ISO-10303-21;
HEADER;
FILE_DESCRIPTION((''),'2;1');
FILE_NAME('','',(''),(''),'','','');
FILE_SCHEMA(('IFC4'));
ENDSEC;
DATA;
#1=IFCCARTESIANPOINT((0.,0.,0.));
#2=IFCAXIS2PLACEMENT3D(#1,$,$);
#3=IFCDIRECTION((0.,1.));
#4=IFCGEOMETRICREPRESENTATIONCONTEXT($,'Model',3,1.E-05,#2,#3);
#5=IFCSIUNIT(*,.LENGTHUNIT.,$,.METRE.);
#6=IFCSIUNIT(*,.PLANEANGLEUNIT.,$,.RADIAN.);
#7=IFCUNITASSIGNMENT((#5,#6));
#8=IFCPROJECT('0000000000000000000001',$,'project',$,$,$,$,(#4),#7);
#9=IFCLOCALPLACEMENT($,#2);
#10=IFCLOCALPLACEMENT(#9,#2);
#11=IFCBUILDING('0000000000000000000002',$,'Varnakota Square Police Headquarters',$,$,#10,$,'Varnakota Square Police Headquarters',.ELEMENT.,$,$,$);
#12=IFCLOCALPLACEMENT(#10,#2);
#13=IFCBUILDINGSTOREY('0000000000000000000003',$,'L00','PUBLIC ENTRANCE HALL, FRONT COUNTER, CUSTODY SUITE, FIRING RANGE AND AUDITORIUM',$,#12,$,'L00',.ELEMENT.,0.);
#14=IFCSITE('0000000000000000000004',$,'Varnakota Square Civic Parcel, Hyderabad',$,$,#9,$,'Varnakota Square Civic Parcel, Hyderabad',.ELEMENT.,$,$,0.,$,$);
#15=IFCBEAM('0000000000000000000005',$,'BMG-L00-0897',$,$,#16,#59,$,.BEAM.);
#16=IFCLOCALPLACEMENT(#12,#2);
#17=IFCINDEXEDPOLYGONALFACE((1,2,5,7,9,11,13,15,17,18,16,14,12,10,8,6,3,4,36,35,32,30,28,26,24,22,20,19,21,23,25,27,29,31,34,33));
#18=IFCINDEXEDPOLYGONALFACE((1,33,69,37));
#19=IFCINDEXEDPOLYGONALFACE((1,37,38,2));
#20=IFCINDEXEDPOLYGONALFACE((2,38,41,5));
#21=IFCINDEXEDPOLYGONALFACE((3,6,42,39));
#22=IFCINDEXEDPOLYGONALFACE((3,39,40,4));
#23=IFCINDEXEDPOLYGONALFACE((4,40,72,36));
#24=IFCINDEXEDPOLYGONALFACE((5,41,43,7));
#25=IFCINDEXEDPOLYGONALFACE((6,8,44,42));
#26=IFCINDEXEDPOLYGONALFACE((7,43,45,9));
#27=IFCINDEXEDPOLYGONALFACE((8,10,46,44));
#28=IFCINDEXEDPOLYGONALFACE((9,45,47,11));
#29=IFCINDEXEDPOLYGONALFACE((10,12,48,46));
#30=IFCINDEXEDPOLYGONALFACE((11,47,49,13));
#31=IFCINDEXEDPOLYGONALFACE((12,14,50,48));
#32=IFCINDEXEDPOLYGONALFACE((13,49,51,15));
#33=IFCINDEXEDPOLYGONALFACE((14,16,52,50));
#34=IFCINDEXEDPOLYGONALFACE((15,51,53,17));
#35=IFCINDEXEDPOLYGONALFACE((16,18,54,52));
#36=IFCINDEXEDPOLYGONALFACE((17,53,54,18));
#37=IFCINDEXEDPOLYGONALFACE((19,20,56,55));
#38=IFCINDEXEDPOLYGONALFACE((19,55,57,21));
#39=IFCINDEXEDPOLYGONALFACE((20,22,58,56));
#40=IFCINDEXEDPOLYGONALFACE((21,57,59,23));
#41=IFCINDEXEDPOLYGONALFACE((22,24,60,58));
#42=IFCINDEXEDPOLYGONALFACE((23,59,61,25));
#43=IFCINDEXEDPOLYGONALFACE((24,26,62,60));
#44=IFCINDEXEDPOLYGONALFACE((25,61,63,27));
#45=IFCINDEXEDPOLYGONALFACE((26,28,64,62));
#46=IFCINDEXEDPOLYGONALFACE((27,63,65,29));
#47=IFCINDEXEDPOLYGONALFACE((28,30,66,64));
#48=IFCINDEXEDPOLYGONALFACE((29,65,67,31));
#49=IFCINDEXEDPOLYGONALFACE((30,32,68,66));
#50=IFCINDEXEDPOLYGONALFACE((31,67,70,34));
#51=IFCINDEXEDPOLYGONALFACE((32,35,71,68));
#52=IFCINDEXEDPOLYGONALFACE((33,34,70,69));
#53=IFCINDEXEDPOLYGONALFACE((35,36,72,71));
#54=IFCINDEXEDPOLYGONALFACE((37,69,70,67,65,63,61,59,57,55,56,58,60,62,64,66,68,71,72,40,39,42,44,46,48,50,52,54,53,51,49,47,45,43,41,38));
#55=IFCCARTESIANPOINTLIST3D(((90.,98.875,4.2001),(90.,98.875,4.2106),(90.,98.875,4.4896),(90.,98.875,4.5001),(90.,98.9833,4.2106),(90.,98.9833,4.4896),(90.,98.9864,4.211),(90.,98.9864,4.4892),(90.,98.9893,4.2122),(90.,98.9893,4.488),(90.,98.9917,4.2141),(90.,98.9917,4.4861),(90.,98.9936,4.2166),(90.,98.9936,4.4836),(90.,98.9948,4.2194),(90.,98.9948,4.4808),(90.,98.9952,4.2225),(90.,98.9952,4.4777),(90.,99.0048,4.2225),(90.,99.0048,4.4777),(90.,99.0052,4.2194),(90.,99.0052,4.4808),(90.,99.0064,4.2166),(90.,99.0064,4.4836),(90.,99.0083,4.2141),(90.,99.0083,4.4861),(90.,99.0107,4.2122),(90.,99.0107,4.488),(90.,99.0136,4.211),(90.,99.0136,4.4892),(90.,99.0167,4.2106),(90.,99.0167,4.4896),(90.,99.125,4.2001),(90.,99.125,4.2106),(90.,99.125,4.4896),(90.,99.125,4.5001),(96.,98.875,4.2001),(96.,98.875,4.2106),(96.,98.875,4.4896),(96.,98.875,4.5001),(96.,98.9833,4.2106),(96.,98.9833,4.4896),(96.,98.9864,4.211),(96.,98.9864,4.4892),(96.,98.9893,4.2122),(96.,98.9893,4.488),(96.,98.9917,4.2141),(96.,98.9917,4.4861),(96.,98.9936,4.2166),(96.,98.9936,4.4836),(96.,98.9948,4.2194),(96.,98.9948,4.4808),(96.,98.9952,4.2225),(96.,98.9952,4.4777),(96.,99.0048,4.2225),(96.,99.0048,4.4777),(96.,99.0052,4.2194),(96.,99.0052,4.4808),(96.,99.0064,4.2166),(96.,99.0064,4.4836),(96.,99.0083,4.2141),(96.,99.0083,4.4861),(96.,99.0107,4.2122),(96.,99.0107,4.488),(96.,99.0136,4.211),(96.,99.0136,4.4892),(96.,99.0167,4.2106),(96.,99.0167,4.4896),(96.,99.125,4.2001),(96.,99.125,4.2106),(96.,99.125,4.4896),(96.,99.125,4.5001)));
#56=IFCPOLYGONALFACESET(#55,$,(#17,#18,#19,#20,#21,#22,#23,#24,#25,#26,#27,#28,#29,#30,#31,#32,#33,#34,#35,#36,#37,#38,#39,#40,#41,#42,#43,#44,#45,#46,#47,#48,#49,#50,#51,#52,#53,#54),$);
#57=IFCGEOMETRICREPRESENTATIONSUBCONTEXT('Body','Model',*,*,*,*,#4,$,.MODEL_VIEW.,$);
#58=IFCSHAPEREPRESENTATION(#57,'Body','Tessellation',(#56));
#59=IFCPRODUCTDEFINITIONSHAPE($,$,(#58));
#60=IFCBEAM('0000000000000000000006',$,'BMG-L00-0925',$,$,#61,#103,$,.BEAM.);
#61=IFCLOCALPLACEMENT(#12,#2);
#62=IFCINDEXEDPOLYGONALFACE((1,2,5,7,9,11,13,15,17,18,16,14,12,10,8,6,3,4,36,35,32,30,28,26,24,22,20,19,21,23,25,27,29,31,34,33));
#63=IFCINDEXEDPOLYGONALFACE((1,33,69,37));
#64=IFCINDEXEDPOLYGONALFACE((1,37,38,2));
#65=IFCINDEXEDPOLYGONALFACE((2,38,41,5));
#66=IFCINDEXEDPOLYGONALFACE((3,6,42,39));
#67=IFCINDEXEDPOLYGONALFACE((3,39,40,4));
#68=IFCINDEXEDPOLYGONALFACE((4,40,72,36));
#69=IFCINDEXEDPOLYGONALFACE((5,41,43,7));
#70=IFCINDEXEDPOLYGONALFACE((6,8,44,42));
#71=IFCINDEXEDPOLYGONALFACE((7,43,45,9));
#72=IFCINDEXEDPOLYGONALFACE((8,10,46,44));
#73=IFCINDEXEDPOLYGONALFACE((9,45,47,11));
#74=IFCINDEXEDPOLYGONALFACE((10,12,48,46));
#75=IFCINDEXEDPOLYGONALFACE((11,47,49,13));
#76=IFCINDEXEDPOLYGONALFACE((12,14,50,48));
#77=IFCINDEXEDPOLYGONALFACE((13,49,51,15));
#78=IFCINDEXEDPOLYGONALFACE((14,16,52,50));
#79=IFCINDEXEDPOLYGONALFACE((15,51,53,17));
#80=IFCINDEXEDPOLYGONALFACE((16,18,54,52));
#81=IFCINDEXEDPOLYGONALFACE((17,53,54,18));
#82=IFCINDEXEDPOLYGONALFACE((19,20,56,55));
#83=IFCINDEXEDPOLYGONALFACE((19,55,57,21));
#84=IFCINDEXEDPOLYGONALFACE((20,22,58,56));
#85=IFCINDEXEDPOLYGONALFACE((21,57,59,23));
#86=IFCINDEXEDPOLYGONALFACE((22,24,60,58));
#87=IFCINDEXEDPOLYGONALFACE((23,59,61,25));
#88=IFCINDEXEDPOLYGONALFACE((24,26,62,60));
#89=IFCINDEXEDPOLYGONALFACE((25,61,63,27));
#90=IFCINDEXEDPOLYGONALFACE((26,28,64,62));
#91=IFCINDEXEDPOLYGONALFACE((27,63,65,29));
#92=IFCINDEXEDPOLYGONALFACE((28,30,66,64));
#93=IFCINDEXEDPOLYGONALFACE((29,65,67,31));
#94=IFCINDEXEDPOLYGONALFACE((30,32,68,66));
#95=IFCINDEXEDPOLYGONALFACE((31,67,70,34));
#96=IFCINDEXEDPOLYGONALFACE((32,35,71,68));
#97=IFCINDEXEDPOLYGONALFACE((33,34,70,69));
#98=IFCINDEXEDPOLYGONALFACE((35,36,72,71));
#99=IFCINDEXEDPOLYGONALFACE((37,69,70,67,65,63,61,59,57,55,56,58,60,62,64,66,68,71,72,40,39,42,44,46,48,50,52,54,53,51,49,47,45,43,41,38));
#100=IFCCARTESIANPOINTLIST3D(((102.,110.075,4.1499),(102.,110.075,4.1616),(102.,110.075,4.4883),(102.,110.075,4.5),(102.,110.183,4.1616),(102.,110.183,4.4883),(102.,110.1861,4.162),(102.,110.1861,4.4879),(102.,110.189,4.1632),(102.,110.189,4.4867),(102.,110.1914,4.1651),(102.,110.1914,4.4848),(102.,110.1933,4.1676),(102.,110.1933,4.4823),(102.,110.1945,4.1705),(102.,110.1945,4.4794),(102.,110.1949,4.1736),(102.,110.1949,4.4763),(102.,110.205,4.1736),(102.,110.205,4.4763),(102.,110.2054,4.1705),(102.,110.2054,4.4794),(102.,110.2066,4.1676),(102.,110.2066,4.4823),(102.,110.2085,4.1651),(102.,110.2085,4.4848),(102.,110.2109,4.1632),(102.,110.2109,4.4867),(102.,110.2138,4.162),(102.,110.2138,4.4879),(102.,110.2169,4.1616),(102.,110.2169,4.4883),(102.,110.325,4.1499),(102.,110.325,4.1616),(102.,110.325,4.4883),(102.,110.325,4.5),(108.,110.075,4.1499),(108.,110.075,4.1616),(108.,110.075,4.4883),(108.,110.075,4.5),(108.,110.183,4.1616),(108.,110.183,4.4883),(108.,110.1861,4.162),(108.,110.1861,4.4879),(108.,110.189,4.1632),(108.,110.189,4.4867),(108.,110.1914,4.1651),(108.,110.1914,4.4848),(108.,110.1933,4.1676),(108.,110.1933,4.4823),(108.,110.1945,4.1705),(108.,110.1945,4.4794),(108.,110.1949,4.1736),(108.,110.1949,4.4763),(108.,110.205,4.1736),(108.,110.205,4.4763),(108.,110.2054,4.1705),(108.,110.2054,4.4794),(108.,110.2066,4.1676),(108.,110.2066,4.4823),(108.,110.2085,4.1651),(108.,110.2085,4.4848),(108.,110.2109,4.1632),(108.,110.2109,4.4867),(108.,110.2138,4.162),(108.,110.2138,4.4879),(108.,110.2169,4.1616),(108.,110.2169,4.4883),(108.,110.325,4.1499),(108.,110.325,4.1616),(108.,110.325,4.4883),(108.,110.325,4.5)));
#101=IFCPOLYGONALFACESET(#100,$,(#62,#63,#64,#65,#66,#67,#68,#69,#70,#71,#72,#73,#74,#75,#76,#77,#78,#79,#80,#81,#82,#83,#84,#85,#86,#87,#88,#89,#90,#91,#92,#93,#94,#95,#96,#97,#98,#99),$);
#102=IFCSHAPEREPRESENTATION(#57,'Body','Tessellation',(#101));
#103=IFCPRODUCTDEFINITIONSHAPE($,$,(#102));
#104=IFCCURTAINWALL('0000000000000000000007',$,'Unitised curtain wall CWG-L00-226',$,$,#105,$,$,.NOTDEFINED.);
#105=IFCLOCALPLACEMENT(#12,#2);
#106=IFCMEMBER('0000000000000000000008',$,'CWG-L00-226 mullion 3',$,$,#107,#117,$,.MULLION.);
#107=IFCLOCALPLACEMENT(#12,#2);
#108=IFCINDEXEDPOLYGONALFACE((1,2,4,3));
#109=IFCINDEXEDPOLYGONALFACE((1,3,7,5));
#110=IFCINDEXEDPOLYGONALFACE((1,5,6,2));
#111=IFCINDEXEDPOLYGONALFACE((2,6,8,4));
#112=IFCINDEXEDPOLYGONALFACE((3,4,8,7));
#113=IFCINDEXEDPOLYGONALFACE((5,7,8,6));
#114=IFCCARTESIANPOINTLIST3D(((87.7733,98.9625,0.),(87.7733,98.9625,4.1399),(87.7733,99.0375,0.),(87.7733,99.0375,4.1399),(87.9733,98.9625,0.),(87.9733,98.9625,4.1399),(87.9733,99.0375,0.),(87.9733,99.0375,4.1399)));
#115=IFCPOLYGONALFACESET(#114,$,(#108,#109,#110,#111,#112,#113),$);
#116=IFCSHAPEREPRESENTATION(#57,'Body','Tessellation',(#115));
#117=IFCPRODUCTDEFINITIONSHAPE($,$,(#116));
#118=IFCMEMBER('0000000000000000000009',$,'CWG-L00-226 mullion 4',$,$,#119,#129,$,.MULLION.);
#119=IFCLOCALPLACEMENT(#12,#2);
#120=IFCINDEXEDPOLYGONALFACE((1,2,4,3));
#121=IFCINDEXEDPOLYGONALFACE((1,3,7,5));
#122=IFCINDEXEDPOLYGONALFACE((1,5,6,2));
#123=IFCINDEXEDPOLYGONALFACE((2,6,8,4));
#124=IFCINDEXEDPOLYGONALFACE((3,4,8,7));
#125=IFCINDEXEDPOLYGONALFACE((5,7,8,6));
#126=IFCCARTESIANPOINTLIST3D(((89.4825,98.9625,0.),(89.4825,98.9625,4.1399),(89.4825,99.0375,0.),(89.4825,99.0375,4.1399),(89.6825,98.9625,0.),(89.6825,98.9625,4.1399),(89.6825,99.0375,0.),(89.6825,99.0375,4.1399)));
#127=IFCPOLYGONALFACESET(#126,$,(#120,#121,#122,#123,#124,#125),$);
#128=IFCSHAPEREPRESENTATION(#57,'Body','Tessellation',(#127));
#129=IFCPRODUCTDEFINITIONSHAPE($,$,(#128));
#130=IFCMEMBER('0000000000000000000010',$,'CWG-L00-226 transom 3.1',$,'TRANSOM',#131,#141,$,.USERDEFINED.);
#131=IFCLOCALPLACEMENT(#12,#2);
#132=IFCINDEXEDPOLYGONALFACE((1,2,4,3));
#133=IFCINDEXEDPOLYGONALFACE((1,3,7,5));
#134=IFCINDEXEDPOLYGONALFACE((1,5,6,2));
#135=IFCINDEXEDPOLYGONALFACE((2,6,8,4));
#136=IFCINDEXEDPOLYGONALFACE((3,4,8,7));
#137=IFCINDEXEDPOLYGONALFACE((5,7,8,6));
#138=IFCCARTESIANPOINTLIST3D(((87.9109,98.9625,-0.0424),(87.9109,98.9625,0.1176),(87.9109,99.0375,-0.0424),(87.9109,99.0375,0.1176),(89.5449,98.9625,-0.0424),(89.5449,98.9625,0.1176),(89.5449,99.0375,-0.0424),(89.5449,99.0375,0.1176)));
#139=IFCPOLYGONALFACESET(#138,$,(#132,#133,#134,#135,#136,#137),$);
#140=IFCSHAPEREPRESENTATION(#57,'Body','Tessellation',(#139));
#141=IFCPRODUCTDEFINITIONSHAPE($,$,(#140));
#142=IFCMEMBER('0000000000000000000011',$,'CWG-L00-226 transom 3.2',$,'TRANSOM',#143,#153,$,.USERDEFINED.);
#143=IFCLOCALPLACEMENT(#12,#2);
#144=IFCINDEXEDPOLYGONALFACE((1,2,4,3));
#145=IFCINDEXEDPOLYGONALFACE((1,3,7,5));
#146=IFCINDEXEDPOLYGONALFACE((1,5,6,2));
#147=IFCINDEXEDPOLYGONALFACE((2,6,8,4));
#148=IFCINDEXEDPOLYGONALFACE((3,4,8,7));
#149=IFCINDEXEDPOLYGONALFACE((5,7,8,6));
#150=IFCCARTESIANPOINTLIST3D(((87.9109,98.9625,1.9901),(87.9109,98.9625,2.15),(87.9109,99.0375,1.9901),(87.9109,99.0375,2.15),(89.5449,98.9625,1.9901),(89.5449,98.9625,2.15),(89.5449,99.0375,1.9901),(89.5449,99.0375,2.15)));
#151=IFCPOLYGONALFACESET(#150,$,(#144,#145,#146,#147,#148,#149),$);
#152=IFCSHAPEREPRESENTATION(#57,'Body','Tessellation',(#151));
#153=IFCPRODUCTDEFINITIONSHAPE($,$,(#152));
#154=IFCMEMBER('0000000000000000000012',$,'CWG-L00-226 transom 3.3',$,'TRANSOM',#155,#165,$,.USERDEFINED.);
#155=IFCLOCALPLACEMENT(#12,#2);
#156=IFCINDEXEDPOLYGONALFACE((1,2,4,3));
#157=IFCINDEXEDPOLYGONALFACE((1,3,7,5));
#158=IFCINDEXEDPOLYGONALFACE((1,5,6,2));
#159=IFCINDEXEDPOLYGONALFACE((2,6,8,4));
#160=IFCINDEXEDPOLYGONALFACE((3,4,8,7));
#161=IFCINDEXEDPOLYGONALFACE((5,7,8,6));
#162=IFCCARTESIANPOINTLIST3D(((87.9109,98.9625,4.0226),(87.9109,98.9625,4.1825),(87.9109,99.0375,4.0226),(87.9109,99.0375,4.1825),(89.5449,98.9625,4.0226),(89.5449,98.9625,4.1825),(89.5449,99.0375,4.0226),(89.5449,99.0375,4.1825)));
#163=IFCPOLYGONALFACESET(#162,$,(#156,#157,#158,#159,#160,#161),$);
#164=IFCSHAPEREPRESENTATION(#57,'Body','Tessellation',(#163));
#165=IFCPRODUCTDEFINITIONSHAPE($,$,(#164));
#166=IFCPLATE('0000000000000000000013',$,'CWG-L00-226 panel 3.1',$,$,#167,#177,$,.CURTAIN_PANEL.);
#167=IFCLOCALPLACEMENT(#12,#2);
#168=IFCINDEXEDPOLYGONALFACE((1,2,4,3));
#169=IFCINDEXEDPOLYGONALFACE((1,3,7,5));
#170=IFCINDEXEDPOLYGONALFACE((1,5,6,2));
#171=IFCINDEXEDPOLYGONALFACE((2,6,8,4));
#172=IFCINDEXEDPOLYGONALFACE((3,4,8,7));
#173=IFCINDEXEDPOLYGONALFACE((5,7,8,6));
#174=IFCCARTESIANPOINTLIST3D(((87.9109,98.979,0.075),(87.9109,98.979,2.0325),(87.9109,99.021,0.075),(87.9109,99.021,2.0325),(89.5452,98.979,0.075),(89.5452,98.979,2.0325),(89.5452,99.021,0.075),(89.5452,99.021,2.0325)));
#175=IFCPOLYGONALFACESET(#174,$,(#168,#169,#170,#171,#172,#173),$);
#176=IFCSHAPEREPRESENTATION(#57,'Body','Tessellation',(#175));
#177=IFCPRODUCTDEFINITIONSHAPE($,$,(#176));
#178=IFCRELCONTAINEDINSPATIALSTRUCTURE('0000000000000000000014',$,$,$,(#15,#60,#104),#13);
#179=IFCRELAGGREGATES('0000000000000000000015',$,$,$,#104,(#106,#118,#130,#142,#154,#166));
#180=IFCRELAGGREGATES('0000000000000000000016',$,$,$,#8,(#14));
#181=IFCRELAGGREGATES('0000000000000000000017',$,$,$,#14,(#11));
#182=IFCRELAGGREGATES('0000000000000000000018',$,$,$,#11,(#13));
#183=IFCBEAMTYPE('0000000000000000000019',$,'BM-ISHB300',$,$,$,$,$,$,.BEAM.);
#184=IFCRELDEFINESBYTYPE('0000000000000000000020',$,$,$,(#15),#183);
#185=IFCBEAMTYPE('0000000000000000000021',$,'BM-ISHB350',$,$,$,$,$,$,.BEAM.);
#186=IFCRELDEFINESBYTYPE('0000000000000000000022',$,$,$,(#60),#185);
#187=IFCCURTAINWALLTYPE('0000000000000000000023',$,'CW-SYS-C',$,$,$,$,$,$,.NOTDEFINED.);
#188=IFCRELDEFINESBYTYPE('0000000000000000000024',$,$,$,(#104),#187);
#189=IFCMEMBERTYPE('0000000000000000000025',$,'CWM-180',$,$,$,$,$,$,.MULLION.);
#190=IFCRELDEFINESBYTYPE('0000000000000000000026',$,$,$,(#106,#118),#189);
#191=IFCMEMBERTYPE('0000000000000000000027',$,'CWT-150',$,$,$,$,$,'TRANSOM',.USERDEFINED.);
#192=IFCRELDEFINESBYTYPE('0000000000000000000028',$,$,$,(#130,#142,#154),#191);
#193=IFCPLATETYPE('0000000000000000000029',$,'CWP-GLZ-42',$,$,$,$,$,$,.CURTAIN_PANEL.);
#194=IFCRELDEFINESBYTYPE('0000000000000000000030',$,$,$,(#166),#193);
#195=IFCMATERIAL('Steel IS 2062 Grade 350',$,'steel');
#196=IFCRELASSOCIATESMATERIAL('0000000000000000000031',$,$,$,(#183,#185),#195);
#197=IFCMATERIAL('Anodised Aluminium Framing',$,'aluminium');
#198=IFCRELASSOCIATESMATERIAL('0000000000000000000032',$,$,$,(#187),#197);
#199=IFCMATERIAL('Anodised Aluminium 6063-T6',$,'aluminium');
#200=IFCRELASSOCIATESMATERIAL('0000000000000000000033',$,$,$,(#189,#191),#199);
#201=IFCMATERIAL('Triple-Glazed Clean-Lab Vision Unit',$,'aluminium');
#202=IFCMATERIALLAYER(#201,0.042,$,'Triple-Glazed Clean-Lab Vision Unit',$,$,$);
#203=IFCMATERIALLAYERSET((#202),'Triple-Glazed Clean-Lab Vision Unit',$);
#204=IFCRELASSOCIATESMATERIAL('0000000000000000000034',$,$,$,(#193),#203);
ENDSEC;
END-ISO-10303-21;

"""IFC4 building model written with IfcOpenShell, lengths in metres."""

from ifc_helpers import new_model, si_unit, direction, frame, origin, origin_2d, place, context, subcontext, project, spatial, rectangle, i_section, extrude, material, layer, layer_set, material_profile, profile_set, type_object, element, aggregate, save


model = new_model("IFC4")

# Units and contexts
model_context = context("Model", 3, precision=1e-05, world=origin(), true_north=direction((0.0, 1.0)))
body_context = subcontext(model_context, "Body", "Model", "MODEL_VIEW")
ifc_project = project(units=[si_unit("LENGTHUNIT", "METRE"), si_unit("PLANEANGLEUNIT", "RADIAN")], contexts=[model_context])

# Site, building, storey
site_placement = place(None, origin())
site = spatial("IfcSite", under=ifc_project, at=site_placement, Name="Varnakota Square Civic Parcel, Hyderabad", LongName="Varnakota Square Civic Parcel, Hyderabad", CompositionType="ELEMENT", RefElevation=0.0)
building_placement = place(site_placement, origin())
building = spatial("IfcBuilding", under=site, at=building_placement, Name="Varnakota Square Police Headquarters", LongName="Varnakota Square Police Headquarters", CompositionType="ELEMENT")
storey_placement = place(building_placement, origin())
storey = spatial("IfcBuildingStorey", under=building, at=storey_placement, Name="L00", Description="PUBLIC ENTRANCE HALL, FRONT COUNTER, CUSTODY SUITE, FIRING RANGE AND AUDITORIUM", LongName="L00", CompositionType="ELEMENT", Elevation=0.0)

# Beams
ifc_material_1 = material(Name="Steel IS 2062 Grade 350", Category="steel")
ifc_material_profile_1 = material_profile(ifc_material_1, i_section(OverallWidth=0.25, OverallDepth=0.3, WebThickness=0.0095, FlangeThickness=0.0105, FilletRadius=0.012, at=origin_2d()), Name="ISHB 300")
ifc_profile_set_1 = profile_set([ifc_material_profile_1], Name="Steel IS 2062 Grade 350")
beam_type_1 = type_object("IfcBeamType", Name="BM-ISHB300", PredefinedType="BEAM", material=ifc_profile_set_1)
beam_1_placement = place(storey_placement, frame((90.0, 99.0, 4.3501), z_axis=(1.0, 0.0, 0.0), x_axis=(0.0, 1.0, 0.0)))
element("IfcBeam", 1, at=beam_1_placement, inside=storey, type_object=beam_type_1, Name="BMG-L00-0897", PredefinedType="BEAM", context=body_context, shape_type="SweptSolid", body=[
    extrude(i_section(OverallWidth=0.25, OverallDepth=0.3, WebThickness=0.0095, FlangeThickness=0.0105, FilletRadius=0.012, at=origin_2d()), origin(), (0.0, 0.0, 1.0), 6.0),
])
ifc_material_profile_2 = material_profile(ifc_material_1, i_section(OverallWidth=0.25, OverallDepth=0.3501, WebThickness=0.01, FlangeThickness=0.0117, FilletRadius=0.012, at=origin_2d()), Name="ISHB 350")
ifc_profile_set_2 = profile_set([ifc_material_profile_2], Name="Steel IS 2062 Grade 350")
beam_type_2 = type_object("IfcBeamType", Name="BM-ISHB350", PredefinedType="BEAM", material=ifc_profile_set_2)
beam_2_placement = place(storey_placement, frame((102.0, 110.2, 4.325), z_axis=(1.0, 0.0, 0.0), x_axis=(0.0, 1.0, 0.0)))
element("IfcBeam", 2, at=beam_2_placement, inside=storey, type_object=beam_type_2, Name="BMG-L00-0925", PredefinedType="BEAM", context=body_context, shape_type="SweptSolid", body=[
    extrude(i_section(OverallWidth=0.25, OverallDepth=0.3501, WebThickness=0.01, FlangeThickness=0.0117, FilletRadius=0.012, at=origin_2d()), origin(), (0.0, 0.0, 1.0), 6.0),
])

# Curtain wall, members, plate
ifc_material_2 = material(Name="Anodised Aluminium Framing", Category="aluminium")
curtain_wall_type = type_object("IfcCurtainWallType", Name="CW-SYS-C", PredefinedType="NOTDEFINED", material=ifc_material_2)
curtain_wall_placement = place(storey_placement, origin())
curtain_wall = element("IfcCurtainWall", 3, at=curtain_wall_placement, inside=storey, type_object=curtain_wall_type, Name="Unitised curtain wall CWG-L00-226", PredefinedType="NOTDEFINED")
ifc_material_3 = material(Name="Anodised Aluminium 6063-T6", Category="aluminium")
ifc_material_profile_3 = material_profile(ifc_material_3, rectangle(XDim=0.075, YDim=0.2, at=origin_2d()), Name="ALU MULLION 75x200")
ifc_profile_set_3 = profile_set([ifc_material_profile_3], Name="Anodised Aluminium 6063-T6")
member_type_1 = type_object("IfcMemberType", Name="CWM-180", PredefinedType="MULLION", material=ifc_profile_set_3)
member_1_placement = place(storey_placement, frame((87.8733, 99.0, 0.0), z_axis=(0.0, 0.0, 1.0), x_axis=(0.0, 1.0, 0.0)))
member_1 = element("IfcMember", 4, at=member_1_placement, type_object=member_type_1, Name="CWG-L00-226 mullion 3", PredefinedType="MULLION", context=body_context, shape_type="SweptSolid", body=[
    extrude(rectangle(XDim=0.075, YDim=0.2, at=origin_2d()), origin(), (0.0, 0.0, 1.0), 4.1399),
])
member_2_placement = place(storey_placement, frame((89.5825, 99.0, 0.0), z_axis=(0.0, 0.0, 1.0), x_axis=(0.0, 1.0, 0.0)))
member_2 = element("IfcMember", 5, at=member_2_placement, type_object=member_type_1, Name="CWG-L00-226 mullion 4", PredefinedType="MULLION", context=body_context, shape_type="SweptSolid", body=[
    extrude(rectangle(XDim=0.075, YDim=0.2, at=origin_2d()), origin(), (0.0, 0.0, 1.0), 4.1399),
])
ifc_material_profile_4 = material_profile(ifc_material_3, rectangle(XDim=0.075, YDim=0.1599, at=origin_2d()), Name="ALU TRANSOM 75x160")
ifc_profile_set_4 = profile_set([ifc_material_profile_4], Name="Anodised Aluminium 6063-T6")
member_type_2 = type_object("IfcMemberType", Name="CWT-150", ElementType="TRANSOM", PredefinedType="USERDEFINED", material=ifc_profile_set_4)
member_3_placement = place(storey_placement, frame((87.9109, 99.0, 0.0376), z_axis=(1.0, 0.0, 0.0), x_axis=(0.0, 1.0, 0.0)))
member_3 = element("IfcMember", 6, at=member_3_placement, type_object=member_type_2, Name="CWG-L00-226 transom 3.1", ObjectType="TRANSOM", PredefinedType="USERDEFINED", context=body_context, shape_type="SweptSolid", body=[
    extrude(rectangle(XDim=0.075, YDim=0.1599, at=origin_2d()), origin(), (0.0, 0.0, 1.0), 1.634),
])
member_4_placement = place(storey_placement, frame((87.9109, 99.0, 2.0701), z_axis=(1.0, 0.0, 0.0), x_axis=(0.0, 1.0, 0.0)))
member_4 = element("IfcMember", 7, at=member_4_placement, type_object=member_type_2, Name="CWG-L00-226 transom 3.2", ObjectType="TRANSOM", PredefinedType="USERDEFINED", context=body_context, shape_type="SweptSolid", body=[
    extrude(rectangle(XDim=0.075, YDim=0.1599, at=origin_2d()), origin(), (0.0, 0.0, 1.0), 1.634),
])
member_5_placement = place(storey_placement, frame((87.9109, 99.0, 4.1025), z_axis=(1.0, 0.0, 0.0), x_axis=(0.0, 1.0, 0.0)))
member_5 = element("IfcMember", 8, at=member_5_placement, type_object=member_type_2, Name="CWG-L00-226 transom 3.3", ObjectType="TRANSOM", PredefinedType="USERDEFINED", context=body_context, shape_type="SweptSolid", body=[
    extrude(rectangle(XDim=0.075, YDim=0.1599, at=origin_2d()), origin(), (0.0, 0.0, 1.0), 1.634),
])
ifc_material_4 = material(Name="Triple-Glazed Clean-Lab Vision Unit", Category="aluminium")
ifc_layer_1 = layer(ifc_material_4, 0.042, Name="Triple-Glazed Clean-Lab Vision Unit")
ifc_layer_set_1 = layer_set([ifc_layer_1], Name="Triple-Glazed Clean-Lab Vision Unit")
plate_type_1 = type_object("IfcPlateType", Name="CWP-GLZ-42", PredefinedType="CURTAIN_PANEL", material=ifc_layer_set_1)
plate_1_placement = place(storey_placement, frame((88.728, 99.0, 0.075), z_axis=(0.0, 0.0, 1.0), x_axis=(1.0, 0.0, 0.0)))
plate_1 = element("IfcPlate", 9, at=plate_1_placement, type_object=plate_type_1, Name="CWG-L00-226 panel 3.1", PredefinedType="CURTAIN_PANEL", context=body_context, shape_type="SweptSolid", body=[
    extrude(rectangle(XDim=1.6343, YDim=0.042, at=origin_2d()), origin(), (0.0, 0.0, 1.0), 1.9575),
])
aggregate(curtain_wall, [member_1, member_2, member_3, member_4, member_5, plate_1])

save(model, "model.ifc")
